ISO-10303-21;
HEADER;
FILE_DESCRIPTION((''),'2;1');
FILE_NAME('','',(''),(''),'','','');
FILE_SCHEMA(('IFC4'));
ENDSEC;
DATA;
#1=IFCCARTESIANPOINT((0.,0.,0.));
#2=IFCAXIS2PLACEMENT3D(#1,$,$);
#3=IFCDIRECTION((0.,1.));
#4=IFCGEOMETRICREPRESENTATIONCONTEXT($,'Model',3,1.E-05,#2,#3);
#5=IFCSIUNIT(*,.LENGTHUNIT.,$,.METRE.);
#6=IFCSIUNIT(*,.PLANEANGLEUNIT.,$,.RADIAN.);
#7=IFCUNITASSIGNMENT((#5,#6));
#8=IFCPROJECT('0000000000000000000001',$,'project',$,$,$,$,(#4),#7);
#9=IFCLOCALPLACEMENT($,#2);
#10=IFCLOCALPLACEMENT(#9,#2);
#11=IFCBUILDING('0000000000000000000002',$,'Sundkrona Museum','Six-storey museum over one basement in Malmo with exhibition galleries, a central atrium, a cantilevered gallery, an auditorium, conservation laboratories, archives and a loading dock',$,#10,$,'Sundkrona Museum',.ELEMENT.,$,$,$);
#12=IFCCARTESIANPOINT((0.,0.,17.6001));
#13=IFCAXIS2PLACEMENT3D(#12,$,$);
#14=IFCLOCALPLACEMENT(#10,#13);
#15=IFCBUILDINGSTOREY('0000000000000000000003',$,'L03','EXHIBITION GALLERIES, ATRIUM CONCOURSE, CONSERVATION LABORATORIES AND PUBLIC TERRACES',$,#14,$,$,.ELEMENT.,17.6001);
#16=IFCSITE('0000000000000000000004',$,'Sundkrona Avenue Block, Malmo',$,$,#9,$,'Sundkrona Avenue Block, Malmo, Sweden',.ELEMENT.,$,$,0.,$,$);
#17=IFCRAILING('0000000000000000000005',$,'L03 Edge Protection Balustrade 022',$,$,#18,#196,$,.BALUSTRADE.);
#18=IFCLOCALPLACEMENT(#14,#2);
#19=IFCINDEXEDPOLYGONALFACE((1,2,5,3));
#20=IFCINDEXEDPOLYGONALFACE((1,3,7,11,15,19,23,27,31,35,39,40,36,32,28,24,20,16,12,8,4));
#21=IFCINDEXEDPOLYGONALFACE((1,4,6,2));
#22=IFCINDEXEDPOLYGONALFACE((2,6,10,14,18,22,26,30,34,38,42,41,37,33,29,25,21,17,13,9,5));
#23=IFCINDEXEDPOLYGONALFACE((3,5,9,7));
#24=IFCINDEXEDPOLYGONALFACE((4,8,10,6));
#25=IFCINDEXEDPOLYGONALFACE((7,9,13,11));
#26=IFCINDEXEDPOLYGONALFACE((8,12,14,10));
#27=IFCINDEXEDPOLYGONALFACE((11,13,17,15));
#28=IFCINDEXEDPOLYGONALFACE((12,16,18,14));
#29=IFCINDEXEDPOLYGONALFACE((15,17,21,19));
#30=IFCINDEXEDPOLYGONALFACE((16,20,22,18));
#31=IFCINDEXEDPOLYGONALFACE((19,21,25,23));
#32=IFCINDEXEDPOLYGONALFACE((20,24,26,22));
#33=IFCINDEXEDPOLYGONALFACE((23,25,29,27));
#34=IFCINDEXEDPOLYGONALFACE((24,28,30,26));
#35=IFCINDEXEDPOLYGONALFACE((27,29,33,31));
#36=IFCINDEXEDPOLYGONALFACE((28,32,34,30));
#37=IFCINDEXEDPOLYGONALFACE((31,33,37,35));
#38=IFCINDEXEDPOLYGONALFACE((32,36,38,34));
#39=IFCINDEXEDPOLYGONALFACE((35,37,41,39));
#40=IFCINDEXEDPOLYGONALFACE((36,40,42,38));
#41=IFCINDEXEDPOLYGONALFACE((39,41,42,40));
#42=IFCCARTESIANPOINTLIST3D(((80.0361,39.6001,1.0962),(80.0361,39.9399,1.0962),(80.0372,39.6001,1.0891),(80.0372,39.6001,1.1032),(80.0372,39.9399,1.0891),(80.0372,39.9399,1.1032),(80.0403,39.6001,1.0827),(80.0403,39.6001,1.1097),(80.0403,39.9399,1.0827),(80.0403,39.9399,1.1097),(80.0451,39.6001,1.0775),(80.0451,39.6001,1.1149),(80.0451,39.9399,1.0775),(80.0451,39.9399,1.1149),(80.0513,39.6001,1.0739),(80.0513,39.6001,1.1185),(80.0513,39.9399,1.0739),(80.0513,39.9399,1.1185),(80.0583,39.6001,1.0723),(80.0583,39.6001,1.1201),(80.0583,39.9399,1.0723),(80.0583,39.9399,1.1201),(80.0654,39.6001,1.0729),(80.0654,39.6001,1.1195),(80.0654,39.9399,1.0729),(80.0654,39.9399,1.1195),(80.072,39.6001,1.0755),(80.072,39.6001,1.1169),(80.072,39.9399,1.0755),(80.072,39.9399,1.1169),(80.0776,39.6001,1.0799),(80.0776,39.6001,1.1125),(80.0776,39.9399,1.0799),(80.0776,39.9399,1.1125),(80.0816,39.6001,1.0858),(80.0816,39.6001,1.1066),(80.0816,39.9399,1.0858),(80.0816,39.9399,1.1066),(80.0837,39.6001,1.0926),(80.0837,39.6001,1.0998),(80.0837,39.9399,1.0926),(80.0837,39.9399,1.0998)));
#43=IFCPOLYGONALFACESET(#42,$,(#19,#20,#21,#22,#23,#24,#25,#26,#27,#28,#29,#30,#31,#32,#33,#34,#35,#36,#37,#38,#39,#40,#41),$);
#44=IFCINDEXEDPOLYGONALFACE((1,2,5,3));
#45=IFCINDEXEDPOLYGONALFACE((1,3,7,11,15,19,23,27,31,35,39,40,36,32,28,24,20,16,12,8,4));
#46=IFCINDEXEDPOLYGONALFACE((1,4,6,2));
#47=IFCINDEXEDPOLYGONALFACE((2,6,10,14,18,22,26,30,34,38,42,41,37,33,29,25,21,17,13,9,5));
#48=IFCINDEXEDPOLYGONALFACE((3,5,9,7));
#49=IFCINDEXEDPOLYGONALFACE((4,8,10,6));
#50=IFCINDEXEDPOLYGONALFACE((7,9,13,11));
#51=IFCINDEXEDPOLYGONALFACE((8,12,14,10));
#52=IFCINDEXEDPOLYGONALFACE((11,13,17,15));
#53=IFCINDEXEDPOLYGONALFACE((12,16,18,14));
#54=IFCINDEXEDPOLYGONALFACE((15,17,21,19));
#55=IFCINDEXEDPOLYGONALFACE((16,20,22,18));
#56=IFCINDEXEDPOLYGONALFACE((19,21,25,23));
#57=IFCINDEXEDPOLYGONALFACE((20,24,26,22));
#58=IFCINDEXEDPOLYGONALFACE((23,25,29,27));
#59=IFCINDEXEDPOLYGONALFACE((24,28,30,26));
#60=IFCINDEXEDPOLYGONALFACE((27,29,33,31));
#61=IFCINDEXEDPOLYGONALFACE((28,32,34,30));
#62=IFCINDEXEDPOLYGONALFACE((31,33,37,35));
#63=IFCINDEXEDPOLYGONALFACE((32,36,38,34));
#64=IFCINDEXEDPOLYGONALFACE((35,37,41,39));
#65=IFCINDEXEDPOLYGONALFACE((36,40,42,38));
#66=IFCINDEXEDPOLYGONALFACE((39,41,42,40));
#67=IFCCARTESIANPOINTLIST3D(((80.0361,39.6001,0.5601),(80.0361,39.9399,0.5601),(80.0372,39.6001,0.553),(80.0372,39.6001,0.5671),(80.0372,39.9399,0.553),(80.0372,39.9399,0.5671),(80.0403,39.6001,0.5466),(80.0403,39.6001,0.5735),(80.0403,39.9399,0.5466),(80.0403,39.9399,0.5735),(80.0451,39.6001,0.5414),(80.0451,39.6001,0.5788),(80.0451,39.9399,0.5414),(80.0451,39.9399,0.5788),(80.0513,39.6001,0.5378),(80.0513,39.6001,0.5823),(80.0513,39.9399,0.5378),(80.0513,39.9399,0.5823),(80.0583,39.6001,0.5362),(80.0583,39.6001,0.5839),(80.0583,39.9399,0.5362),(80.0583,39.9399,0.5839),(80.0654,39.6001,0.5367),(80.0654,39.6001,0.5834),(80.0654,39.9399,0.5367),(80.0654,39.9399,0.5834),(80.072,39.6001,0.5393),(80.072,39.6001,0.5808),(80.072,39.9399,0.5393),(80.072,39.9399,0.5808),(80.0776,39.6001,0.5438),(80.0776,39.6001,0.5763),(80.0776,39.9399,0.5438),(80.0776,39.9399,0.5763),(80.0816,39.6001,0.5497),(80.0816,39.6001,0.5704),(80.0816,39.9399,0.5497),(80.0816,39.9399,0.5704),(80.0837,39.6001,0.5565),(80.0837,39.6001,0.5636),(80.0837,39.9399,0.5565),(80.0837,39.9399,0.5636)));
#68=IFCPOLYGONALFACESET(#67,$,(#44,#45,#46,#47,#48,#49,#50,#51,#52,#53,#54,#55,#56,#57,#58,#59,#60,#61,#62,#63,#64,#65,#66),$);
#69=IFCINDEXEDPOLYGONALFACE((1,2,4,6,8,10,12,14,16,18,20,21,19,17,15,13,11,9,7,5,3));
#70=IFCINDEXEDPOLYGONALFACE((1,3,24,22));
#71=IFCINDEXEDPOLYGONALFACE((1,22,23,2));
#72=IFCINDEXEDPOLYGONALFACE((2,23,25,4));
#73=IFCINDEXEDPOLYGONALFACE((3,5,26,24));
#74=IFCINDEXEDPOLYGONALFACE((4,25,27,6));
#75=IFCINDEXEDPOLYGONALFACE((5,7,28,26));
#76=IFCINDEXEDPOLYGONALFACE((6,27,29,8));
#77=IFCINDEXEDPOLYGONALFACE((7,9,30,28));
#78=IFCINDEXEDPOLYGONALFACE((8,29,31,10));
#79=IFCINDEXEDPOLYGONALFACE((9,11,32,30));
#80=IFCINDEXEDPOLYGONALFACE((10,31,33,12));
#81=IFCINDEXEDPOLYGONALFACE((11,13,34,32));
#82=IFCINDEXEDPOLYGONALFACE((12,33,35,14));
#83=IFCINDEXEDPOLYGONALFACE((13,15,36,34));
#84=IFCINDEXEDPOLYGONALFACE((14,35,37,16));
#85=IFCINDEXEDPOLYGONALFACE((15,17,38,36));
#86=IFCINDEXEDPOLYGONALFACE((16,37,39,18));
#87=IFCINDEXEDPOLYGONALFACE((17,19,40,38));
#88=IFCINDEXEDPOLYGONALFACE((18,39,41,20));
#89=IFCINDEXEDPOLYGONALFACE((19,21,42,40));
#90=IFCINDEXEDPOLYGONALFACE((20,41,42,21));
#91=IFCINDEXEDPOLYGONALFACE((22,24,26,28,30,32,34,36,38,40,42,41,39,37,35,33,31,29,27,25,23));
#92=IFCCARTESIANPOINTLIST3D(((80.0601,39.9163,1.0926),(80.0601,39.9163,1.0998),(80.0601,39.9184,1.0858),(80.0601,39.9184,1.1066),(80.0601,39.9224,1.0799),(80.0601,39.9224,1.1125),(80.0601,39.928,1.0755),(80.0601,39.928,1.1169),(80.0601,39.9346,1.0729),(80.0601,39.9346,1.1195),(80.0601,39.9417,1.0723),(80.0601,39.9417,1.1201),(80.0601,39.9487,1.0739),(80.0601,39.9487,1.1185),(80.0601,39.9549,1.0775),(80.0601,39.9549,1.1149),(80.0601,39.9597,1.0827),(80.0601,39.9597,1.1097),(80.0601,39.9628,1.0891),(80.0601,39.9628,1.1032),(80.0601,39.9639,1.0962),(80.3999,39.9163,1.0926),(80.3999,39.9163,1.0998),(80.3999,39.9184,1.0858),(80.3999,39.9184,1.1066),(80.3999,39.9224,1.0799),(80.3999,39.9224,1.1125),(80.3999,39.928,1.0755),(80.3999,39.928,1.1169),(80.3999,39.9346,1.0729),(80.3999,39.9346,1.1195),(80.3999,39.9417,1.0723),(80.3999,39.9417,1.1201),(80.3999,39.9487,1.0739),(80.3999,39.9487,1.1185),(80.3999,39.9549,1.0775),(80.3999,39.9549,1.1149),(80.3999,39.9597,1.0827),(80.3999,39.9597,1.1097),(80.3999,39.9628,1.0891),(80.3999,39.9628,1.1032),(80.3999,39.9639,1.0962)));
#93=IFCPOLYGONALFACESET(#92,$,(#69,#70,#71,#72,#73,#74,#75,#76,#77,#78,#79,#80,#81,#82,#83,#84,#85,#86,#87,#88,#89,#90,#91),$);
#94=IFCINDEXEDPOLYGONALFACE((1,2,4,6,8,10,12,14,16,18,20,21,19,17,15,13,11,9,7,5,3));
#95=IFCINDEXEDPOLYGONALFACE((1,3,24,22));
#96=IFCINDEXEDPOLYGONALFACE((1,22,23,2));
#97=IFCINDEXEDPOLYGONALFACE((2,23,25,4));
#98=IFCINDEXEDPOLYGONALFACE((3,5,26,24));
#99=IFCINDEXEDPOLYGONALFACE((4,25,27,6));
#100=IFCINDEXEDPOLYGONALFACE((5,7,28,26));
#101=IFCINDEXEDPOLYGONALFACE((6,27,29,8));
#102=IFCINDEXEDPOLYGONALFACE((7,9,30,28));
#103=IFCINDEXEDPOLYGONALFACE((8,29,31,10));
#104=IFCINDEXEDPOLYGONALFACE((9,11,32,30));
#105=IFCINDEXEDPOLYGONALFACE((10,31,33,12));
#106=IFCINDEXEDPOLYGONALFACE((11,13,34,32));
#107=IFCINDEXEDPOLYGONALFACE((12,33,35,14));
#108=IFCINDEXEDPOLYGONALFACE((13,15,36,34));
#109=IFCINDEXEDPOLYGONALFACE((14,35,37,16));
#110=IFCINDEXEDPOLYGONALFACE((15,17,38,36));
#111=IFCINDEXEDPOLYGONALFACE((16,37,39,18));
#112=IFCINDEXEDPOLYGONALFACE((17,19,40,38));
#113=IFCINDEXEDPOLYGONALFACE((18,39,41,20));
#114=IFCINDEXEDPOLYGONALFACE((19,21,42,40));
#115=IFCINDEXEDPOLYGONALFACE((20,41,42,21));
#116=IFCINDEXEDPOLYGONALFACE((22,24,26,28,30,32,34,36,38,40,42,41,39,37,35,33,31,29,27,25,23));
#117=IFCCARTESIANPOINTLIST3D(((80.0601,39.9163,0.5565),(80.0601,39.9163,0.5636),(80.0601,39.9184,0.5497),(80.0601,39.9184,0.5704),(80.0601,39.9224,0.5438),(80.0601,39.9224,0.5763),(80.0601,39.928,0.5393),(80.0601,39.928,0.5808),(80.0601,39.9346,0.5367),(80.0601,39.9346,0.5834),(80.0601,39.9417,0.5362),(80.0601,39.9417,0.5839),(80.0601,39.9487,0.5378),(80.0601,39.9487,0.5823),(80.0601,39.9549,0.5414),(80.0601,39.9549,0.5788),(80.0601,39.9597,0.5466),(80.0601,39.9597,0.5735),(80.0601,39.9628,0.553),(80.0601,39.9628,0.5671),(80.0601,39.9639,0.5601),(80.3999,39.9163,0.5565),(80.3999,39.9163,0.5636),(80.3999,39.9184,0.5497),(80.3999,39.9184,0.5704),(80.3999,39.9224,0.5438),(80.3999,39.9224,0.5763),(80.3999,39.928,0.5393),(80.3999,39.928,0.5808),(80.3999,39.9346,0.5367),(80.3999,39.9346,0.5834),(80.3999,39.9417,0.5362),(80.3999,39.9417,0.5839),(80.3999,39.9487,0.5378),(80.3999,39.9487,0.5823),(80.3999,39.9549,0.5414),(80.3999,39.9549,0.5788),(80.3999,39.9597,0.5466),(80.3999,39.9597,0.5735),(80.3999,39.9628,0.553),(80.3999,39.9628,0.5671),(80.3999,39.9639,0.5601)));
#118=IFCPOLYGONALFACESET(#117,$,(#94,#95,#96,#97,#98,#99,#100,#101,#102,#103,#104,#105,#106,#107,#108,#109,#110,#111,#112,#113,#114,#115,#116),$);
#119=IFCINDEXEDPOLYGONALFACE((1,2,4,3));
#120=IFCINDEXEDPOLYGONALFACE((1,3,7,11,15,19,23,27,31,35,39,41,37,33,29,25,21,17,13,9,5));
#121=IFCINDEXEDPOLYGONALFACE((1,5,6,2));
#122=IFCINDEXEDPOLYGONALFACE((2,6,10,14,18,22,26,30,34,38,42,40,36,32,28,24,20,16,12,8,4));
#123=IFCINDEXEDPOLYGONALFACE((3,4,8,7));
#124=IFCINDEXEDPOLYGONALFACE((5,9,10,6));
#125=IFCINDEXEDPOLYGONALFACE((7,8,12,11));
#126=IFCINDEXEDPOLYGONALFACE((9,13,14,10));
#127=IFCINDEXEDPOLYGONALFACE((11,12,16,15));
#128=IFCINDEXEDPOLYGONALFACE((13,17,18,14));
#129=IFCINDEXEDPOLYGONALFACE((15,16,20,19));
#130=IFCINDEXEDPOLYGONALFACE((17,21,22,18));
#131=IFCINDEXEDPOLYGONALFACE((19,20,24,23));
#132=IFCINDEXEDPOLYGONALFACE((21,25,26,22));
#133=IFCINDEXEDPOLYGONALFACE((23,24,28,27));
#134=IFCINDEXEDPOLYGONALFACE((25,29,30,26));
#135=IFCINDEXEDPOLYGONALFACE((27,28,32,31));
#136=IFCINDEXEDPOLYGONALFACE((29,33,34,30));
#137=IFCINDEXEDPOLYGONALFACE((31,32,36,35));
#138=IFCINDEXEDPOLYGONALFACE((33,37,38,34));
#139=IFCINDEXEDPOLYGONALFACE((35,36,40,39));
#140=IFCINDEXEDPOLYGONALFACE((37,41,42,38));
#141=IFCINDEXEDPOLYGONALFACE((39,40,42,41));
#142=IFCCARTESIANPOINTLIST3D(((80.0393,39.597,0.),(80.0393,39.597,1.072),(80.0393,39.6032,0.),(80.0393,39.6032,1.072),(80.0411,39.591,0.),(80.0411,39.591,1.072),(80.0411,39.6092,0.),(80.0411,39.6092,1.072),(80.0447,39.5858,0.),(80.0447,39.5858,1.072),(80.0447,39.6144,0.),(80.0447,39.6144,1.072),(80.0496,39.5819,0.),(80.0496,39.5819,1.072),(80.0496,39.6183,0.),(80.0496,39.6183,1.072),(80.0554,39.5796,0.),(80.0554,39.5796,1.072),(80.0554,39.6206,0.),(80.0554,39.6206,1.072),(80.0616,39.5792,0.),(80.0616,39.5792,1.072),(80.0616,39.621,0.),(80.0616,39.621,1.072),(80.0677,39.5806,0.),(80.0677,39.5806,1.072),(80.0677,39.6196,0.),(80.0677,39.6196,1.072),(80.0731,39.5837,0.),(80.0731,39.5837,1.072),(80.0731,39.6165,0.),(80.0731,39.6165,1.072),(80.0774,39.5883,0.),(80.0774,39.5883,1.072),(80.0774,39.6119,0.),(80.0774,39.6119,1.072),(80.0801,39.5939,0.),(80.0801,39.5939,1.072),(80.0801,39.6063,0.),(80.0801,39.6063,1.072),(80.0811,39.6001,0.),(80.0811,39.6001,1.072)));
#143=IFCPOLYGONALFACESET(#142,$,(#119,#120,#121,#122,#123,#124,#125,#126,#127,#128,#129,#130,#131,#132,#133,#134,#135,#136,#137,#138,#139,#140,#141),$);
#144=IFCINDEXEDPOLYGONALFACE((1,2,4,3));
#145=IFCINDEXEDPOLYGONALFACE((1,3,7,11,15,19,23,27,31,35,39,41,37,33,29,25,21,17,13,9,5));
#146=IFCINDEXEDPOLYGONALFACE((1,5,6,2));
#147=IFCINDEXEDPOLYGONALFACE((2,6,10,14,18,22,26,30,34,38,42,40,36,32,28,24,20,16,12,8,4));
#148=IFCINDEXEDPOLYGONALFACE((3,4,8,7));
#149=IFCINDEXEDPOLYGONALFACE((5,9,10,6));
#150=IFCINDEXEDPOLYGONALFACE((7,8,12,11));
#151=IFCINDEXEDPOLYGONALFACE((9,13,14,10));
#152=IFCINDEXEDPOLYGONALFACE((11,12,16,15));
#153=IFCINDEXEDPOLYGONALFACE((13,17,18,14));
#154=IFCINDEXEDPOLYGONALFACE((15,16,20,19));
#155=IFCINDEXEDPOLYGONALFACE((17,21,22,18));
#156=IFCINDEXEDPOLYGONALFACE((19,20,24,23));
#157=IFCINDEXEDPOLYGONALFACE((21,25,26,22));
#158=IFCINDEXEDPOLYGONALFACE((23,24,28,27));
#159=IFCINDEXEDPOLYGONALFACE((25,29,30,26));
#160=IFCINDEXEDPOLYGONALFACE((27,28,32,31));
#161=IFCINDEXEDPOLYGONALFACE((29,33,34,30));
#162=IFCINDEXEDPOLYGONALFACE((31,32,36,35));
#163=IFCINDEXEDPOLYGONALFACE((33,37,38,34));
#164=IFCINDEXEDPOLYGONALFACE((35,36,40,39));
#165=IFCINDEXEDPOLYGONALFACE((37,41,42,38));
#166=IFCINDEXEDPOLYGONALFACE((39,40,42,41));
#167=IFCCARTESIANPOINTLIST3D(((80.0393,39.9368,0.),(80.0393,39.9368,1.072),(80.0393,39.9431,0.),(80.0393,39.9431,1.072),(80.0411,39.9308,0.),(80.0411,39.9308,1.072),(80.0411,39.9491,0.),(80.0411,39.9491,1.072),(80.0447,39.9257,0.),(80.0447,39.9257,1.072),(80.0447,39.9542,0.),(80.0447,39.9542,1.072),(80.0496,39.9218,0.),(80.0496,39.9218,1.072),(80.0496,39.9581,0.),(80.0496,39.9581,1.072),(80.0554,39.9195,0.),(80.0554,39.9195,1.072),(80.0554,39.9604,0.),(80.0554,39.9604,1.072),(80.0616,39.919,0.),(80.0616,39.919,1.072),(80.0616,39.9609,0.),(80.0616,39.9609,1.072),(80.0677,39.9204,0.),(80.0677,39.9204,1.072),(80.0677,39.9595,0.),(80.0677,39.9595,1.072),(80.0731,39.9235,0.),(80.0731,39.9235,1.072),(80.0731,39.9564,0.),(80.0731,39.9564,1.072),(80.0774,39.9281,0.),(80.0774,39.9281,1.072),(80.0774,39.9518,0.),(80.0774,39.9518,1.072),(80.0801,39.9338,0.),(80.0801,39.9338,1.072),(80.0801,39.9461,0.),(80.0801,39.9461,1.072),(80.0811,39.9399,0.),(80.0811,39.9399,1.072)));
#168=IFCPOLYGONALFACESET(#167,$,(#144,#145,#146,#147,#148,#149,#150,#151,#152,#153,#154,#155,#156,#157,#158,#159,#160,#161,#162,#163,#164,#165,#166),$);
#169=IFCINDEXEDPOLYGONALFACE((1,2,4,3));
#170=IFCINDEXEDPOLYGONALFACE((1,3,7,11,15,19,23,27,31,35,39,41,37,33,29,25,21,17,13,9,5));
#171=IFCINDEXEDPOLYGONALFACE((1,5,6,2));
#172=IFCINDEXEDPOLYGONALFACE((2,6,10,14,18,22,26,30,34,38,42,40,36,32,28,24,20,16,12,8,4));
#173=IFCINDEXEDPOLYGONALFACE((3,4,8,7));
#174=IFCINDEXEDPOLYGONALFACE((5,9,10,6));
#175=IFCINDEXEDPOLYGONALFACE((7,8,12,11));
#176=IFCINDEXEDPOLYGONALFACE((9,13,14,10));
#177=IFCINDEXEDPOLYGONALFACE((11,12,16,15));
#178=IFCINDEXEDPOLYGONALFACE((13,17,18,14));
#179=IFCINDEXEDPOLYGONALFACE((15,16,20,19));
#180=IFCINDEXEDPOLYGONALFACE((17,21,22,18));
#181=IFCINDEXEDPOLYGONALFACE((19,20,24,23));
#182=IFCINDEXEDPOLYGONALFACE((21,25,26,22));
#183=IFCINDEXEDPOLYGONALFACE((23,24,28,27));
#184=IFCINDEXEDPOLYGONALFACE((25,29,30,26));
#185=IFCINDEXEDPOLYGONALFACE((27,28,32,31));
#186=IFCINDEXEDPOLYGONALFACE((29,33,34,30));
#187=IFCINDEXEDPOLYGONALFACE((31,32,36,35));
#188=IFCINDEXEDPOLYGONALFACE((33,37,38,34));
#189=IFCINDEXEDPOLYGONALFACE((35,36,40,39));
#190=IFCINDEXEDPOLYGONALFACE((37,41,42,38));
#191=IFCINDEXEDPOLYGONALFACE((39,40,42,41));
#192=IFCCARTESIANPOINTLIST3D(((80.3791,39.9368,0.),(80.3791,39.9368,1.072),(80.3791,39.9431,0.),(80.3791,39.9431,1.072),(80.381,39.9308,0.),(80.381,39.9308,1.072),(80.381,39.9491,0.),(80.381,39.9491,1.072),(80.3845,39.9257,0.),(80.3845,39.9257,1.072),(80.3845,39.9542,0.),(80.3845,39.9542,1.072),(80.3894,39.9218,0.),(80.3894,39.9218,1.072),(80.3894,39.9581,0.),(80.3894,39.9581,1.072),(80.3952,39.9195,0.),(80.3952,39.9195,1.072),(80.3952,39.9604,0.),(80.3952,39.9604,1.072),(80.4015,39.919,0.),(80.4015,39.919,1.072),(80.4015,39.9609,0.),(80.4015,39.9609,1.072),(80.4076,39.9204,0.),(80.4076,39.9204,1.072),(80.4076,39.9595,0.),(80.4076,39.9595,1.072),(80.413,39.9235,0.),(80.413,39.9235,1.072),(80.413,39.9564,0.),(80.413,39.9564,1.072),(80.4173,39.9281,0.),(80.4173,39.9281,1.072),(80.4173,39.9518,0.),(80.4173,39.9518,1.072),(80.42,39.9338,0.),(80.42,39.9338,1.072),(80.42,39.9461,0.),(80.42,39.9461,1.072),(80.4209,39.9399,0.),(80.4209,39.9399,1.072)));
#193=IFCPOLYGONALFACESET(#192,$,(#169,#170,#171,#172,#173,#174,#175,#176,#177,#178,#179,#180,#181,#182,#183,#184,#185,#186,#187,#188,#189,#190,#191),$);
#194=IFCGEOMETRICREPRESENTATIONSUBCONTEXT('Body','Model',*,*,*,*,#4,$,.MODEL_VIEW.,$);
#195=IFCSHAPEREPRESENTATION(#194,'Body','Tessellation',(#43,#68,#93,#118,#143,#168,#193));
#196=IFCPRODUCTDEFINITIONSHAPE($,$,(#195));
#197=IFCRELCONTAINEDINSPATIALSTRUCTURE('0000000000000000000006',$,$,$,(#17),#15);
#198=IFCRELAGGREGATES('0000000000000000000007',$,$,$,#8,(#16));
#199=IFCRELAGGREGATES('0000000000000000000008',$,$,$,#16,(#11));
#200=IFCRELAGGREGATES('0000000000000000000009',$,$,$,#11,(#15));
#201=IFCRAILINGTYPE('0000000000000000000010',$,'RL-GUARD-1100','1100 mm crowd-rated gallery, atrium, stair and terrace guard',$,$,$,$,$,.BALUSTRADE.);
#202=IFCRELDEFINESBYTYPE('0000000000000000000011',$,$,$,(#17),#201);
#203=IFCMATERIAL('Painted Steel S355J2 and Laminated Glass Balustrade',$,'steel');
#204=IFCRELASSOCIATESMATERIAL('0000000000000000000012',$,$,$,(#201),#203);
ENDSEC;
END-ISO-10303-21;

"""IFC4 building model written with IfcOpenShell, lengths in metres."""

from ifc_helpers import new_model, si_unit, direction, frame, origin, origin_2d, place, context, subcontext, project, spatial, circle, extrude, material, type_object, element, save


model = new_model("IFC4")

# Units and contexts
model_context = context("Model", 3, precision=1e-05, world=origin(), true_north=direction((0.0, 1.0)))
body_context = subcontext(model_context, "Body", "Model", "MODEL_VIEW")
ifc_project = project(units=[si_unit("LENGTHUNIT", "METRE"), si_unit("PLANEANGLEUNIT", "RADIAN")], contexts=[model_context])

# Site, building, storey
site_placement = place(None, origin())
site = spatial("IfcSite", under=ifc_project, at=site_placement, Name="Sundkrona Avenue Block, Malmo", LongName="Sundkrona Avenue Block, Malmo, Sweden", CompositionType="ELEMENT", RefElevation=0.0)
building_placement = place(site_placement, origin())
building = spatial("IfcBuilding", under=site, at=building_placement, Name="Sundkrona Museum", Description="Six-storey museum over one basement in Malmo with exhibition galleries, a central atrium, a cantilevered gallery, an auditorium, conservation laboratories, archives and a loading dock", LongName="Sundkrona Museum", CompositionType="ELEMENT")
storey_placement = place(building_placement, frame((0.0, 0.0, 17.6001)))
storey = spatial("IfcBuildingStorey", under=building, at=storey_placement, Name="L03", Description="EXHIBITION GALLERIES, ATRIUM CONCOURSE, CONSERVATION LABORATORIES AND PUBLIC TERRACES", CompositionType="ELEMENT", Elevation=17.6001)

# Railing
ifc_material_1 = material(Name="Painted Steel S355J2 and Laminated Glass Balustrade", Category="steel")
railing_type = type_object("IfcRailingType", Name="RL-GUARD-1100", Description="1100 mm crowd-rated gallery, atrium, stair and terrace guard", PredefinedType="BALUSTRADE", material=ifc_material_1)
railing_placement = place(storey_placement, frame((80.0601, 39.6001, 0.0)))
element("IfcRailing", 1, at=railing_placement, inside=storey, type_object=railing_type, Name="L03 Edge Protection Balustrade 022", PredefinedType="BALUSTRADE", context=body_context, shape_type="SweptSolid", body=[
    extrude(circle(Radius=0.0239, at=origin_2d()), frame((0.0, 0.0, 1.0962), z_axis=(0.0, 1.0, 0.0), x_axis=(-1.0, 0.0, 0.0)), (0.0, 0.0, 1.0), 0.3398),
    extrude(circle(Radius=0.0239, at=origin_2d()), frame((0.0, 0.0, 0.5601), z_axis=(0.0, 1.0, 0.0), x_axis=(-1.0, 0.0, 0.0)), (0.0, 0.0, 1.0), 0.3398),
    extrude(circle(Radius=0.0239, at=origin_2d()), frame((0.0, 0.3398, 1.0962), z_axis=(1.0, 0.0, 0.0), x_axis=(0.0, 1.0, 0.0)), (0.0, 0.0, 1.0), 0.3398),
    extrude(circle(Radius=0.0239, at=origin_2d()), frame((0.0, 0.3398, 0.5601), z_axis=(1.0, 0.0, 0.0), x_axis=(0.0, 1.0, 0.0)), (0.0, 0.0, 1.0), 0.3398),
    extrude(circle(Radius=0.021, at=origin_2d()), origin(), (0.0, 0.0, 1.0), 1.072),
    extrude(circle(Radius=0.021, at=origin_2d()), frame((0.0, 0.3398, 0.0)), (0.0, 0.0, 1.0), 1.072),
    extrude(circle(Radius=0.021, at=origin_2d()), frame((0.3398, 0.3398, 0.0)), (0.0, 0.0, 1.0), 1.072),
])

save(model, "model.ifc")
